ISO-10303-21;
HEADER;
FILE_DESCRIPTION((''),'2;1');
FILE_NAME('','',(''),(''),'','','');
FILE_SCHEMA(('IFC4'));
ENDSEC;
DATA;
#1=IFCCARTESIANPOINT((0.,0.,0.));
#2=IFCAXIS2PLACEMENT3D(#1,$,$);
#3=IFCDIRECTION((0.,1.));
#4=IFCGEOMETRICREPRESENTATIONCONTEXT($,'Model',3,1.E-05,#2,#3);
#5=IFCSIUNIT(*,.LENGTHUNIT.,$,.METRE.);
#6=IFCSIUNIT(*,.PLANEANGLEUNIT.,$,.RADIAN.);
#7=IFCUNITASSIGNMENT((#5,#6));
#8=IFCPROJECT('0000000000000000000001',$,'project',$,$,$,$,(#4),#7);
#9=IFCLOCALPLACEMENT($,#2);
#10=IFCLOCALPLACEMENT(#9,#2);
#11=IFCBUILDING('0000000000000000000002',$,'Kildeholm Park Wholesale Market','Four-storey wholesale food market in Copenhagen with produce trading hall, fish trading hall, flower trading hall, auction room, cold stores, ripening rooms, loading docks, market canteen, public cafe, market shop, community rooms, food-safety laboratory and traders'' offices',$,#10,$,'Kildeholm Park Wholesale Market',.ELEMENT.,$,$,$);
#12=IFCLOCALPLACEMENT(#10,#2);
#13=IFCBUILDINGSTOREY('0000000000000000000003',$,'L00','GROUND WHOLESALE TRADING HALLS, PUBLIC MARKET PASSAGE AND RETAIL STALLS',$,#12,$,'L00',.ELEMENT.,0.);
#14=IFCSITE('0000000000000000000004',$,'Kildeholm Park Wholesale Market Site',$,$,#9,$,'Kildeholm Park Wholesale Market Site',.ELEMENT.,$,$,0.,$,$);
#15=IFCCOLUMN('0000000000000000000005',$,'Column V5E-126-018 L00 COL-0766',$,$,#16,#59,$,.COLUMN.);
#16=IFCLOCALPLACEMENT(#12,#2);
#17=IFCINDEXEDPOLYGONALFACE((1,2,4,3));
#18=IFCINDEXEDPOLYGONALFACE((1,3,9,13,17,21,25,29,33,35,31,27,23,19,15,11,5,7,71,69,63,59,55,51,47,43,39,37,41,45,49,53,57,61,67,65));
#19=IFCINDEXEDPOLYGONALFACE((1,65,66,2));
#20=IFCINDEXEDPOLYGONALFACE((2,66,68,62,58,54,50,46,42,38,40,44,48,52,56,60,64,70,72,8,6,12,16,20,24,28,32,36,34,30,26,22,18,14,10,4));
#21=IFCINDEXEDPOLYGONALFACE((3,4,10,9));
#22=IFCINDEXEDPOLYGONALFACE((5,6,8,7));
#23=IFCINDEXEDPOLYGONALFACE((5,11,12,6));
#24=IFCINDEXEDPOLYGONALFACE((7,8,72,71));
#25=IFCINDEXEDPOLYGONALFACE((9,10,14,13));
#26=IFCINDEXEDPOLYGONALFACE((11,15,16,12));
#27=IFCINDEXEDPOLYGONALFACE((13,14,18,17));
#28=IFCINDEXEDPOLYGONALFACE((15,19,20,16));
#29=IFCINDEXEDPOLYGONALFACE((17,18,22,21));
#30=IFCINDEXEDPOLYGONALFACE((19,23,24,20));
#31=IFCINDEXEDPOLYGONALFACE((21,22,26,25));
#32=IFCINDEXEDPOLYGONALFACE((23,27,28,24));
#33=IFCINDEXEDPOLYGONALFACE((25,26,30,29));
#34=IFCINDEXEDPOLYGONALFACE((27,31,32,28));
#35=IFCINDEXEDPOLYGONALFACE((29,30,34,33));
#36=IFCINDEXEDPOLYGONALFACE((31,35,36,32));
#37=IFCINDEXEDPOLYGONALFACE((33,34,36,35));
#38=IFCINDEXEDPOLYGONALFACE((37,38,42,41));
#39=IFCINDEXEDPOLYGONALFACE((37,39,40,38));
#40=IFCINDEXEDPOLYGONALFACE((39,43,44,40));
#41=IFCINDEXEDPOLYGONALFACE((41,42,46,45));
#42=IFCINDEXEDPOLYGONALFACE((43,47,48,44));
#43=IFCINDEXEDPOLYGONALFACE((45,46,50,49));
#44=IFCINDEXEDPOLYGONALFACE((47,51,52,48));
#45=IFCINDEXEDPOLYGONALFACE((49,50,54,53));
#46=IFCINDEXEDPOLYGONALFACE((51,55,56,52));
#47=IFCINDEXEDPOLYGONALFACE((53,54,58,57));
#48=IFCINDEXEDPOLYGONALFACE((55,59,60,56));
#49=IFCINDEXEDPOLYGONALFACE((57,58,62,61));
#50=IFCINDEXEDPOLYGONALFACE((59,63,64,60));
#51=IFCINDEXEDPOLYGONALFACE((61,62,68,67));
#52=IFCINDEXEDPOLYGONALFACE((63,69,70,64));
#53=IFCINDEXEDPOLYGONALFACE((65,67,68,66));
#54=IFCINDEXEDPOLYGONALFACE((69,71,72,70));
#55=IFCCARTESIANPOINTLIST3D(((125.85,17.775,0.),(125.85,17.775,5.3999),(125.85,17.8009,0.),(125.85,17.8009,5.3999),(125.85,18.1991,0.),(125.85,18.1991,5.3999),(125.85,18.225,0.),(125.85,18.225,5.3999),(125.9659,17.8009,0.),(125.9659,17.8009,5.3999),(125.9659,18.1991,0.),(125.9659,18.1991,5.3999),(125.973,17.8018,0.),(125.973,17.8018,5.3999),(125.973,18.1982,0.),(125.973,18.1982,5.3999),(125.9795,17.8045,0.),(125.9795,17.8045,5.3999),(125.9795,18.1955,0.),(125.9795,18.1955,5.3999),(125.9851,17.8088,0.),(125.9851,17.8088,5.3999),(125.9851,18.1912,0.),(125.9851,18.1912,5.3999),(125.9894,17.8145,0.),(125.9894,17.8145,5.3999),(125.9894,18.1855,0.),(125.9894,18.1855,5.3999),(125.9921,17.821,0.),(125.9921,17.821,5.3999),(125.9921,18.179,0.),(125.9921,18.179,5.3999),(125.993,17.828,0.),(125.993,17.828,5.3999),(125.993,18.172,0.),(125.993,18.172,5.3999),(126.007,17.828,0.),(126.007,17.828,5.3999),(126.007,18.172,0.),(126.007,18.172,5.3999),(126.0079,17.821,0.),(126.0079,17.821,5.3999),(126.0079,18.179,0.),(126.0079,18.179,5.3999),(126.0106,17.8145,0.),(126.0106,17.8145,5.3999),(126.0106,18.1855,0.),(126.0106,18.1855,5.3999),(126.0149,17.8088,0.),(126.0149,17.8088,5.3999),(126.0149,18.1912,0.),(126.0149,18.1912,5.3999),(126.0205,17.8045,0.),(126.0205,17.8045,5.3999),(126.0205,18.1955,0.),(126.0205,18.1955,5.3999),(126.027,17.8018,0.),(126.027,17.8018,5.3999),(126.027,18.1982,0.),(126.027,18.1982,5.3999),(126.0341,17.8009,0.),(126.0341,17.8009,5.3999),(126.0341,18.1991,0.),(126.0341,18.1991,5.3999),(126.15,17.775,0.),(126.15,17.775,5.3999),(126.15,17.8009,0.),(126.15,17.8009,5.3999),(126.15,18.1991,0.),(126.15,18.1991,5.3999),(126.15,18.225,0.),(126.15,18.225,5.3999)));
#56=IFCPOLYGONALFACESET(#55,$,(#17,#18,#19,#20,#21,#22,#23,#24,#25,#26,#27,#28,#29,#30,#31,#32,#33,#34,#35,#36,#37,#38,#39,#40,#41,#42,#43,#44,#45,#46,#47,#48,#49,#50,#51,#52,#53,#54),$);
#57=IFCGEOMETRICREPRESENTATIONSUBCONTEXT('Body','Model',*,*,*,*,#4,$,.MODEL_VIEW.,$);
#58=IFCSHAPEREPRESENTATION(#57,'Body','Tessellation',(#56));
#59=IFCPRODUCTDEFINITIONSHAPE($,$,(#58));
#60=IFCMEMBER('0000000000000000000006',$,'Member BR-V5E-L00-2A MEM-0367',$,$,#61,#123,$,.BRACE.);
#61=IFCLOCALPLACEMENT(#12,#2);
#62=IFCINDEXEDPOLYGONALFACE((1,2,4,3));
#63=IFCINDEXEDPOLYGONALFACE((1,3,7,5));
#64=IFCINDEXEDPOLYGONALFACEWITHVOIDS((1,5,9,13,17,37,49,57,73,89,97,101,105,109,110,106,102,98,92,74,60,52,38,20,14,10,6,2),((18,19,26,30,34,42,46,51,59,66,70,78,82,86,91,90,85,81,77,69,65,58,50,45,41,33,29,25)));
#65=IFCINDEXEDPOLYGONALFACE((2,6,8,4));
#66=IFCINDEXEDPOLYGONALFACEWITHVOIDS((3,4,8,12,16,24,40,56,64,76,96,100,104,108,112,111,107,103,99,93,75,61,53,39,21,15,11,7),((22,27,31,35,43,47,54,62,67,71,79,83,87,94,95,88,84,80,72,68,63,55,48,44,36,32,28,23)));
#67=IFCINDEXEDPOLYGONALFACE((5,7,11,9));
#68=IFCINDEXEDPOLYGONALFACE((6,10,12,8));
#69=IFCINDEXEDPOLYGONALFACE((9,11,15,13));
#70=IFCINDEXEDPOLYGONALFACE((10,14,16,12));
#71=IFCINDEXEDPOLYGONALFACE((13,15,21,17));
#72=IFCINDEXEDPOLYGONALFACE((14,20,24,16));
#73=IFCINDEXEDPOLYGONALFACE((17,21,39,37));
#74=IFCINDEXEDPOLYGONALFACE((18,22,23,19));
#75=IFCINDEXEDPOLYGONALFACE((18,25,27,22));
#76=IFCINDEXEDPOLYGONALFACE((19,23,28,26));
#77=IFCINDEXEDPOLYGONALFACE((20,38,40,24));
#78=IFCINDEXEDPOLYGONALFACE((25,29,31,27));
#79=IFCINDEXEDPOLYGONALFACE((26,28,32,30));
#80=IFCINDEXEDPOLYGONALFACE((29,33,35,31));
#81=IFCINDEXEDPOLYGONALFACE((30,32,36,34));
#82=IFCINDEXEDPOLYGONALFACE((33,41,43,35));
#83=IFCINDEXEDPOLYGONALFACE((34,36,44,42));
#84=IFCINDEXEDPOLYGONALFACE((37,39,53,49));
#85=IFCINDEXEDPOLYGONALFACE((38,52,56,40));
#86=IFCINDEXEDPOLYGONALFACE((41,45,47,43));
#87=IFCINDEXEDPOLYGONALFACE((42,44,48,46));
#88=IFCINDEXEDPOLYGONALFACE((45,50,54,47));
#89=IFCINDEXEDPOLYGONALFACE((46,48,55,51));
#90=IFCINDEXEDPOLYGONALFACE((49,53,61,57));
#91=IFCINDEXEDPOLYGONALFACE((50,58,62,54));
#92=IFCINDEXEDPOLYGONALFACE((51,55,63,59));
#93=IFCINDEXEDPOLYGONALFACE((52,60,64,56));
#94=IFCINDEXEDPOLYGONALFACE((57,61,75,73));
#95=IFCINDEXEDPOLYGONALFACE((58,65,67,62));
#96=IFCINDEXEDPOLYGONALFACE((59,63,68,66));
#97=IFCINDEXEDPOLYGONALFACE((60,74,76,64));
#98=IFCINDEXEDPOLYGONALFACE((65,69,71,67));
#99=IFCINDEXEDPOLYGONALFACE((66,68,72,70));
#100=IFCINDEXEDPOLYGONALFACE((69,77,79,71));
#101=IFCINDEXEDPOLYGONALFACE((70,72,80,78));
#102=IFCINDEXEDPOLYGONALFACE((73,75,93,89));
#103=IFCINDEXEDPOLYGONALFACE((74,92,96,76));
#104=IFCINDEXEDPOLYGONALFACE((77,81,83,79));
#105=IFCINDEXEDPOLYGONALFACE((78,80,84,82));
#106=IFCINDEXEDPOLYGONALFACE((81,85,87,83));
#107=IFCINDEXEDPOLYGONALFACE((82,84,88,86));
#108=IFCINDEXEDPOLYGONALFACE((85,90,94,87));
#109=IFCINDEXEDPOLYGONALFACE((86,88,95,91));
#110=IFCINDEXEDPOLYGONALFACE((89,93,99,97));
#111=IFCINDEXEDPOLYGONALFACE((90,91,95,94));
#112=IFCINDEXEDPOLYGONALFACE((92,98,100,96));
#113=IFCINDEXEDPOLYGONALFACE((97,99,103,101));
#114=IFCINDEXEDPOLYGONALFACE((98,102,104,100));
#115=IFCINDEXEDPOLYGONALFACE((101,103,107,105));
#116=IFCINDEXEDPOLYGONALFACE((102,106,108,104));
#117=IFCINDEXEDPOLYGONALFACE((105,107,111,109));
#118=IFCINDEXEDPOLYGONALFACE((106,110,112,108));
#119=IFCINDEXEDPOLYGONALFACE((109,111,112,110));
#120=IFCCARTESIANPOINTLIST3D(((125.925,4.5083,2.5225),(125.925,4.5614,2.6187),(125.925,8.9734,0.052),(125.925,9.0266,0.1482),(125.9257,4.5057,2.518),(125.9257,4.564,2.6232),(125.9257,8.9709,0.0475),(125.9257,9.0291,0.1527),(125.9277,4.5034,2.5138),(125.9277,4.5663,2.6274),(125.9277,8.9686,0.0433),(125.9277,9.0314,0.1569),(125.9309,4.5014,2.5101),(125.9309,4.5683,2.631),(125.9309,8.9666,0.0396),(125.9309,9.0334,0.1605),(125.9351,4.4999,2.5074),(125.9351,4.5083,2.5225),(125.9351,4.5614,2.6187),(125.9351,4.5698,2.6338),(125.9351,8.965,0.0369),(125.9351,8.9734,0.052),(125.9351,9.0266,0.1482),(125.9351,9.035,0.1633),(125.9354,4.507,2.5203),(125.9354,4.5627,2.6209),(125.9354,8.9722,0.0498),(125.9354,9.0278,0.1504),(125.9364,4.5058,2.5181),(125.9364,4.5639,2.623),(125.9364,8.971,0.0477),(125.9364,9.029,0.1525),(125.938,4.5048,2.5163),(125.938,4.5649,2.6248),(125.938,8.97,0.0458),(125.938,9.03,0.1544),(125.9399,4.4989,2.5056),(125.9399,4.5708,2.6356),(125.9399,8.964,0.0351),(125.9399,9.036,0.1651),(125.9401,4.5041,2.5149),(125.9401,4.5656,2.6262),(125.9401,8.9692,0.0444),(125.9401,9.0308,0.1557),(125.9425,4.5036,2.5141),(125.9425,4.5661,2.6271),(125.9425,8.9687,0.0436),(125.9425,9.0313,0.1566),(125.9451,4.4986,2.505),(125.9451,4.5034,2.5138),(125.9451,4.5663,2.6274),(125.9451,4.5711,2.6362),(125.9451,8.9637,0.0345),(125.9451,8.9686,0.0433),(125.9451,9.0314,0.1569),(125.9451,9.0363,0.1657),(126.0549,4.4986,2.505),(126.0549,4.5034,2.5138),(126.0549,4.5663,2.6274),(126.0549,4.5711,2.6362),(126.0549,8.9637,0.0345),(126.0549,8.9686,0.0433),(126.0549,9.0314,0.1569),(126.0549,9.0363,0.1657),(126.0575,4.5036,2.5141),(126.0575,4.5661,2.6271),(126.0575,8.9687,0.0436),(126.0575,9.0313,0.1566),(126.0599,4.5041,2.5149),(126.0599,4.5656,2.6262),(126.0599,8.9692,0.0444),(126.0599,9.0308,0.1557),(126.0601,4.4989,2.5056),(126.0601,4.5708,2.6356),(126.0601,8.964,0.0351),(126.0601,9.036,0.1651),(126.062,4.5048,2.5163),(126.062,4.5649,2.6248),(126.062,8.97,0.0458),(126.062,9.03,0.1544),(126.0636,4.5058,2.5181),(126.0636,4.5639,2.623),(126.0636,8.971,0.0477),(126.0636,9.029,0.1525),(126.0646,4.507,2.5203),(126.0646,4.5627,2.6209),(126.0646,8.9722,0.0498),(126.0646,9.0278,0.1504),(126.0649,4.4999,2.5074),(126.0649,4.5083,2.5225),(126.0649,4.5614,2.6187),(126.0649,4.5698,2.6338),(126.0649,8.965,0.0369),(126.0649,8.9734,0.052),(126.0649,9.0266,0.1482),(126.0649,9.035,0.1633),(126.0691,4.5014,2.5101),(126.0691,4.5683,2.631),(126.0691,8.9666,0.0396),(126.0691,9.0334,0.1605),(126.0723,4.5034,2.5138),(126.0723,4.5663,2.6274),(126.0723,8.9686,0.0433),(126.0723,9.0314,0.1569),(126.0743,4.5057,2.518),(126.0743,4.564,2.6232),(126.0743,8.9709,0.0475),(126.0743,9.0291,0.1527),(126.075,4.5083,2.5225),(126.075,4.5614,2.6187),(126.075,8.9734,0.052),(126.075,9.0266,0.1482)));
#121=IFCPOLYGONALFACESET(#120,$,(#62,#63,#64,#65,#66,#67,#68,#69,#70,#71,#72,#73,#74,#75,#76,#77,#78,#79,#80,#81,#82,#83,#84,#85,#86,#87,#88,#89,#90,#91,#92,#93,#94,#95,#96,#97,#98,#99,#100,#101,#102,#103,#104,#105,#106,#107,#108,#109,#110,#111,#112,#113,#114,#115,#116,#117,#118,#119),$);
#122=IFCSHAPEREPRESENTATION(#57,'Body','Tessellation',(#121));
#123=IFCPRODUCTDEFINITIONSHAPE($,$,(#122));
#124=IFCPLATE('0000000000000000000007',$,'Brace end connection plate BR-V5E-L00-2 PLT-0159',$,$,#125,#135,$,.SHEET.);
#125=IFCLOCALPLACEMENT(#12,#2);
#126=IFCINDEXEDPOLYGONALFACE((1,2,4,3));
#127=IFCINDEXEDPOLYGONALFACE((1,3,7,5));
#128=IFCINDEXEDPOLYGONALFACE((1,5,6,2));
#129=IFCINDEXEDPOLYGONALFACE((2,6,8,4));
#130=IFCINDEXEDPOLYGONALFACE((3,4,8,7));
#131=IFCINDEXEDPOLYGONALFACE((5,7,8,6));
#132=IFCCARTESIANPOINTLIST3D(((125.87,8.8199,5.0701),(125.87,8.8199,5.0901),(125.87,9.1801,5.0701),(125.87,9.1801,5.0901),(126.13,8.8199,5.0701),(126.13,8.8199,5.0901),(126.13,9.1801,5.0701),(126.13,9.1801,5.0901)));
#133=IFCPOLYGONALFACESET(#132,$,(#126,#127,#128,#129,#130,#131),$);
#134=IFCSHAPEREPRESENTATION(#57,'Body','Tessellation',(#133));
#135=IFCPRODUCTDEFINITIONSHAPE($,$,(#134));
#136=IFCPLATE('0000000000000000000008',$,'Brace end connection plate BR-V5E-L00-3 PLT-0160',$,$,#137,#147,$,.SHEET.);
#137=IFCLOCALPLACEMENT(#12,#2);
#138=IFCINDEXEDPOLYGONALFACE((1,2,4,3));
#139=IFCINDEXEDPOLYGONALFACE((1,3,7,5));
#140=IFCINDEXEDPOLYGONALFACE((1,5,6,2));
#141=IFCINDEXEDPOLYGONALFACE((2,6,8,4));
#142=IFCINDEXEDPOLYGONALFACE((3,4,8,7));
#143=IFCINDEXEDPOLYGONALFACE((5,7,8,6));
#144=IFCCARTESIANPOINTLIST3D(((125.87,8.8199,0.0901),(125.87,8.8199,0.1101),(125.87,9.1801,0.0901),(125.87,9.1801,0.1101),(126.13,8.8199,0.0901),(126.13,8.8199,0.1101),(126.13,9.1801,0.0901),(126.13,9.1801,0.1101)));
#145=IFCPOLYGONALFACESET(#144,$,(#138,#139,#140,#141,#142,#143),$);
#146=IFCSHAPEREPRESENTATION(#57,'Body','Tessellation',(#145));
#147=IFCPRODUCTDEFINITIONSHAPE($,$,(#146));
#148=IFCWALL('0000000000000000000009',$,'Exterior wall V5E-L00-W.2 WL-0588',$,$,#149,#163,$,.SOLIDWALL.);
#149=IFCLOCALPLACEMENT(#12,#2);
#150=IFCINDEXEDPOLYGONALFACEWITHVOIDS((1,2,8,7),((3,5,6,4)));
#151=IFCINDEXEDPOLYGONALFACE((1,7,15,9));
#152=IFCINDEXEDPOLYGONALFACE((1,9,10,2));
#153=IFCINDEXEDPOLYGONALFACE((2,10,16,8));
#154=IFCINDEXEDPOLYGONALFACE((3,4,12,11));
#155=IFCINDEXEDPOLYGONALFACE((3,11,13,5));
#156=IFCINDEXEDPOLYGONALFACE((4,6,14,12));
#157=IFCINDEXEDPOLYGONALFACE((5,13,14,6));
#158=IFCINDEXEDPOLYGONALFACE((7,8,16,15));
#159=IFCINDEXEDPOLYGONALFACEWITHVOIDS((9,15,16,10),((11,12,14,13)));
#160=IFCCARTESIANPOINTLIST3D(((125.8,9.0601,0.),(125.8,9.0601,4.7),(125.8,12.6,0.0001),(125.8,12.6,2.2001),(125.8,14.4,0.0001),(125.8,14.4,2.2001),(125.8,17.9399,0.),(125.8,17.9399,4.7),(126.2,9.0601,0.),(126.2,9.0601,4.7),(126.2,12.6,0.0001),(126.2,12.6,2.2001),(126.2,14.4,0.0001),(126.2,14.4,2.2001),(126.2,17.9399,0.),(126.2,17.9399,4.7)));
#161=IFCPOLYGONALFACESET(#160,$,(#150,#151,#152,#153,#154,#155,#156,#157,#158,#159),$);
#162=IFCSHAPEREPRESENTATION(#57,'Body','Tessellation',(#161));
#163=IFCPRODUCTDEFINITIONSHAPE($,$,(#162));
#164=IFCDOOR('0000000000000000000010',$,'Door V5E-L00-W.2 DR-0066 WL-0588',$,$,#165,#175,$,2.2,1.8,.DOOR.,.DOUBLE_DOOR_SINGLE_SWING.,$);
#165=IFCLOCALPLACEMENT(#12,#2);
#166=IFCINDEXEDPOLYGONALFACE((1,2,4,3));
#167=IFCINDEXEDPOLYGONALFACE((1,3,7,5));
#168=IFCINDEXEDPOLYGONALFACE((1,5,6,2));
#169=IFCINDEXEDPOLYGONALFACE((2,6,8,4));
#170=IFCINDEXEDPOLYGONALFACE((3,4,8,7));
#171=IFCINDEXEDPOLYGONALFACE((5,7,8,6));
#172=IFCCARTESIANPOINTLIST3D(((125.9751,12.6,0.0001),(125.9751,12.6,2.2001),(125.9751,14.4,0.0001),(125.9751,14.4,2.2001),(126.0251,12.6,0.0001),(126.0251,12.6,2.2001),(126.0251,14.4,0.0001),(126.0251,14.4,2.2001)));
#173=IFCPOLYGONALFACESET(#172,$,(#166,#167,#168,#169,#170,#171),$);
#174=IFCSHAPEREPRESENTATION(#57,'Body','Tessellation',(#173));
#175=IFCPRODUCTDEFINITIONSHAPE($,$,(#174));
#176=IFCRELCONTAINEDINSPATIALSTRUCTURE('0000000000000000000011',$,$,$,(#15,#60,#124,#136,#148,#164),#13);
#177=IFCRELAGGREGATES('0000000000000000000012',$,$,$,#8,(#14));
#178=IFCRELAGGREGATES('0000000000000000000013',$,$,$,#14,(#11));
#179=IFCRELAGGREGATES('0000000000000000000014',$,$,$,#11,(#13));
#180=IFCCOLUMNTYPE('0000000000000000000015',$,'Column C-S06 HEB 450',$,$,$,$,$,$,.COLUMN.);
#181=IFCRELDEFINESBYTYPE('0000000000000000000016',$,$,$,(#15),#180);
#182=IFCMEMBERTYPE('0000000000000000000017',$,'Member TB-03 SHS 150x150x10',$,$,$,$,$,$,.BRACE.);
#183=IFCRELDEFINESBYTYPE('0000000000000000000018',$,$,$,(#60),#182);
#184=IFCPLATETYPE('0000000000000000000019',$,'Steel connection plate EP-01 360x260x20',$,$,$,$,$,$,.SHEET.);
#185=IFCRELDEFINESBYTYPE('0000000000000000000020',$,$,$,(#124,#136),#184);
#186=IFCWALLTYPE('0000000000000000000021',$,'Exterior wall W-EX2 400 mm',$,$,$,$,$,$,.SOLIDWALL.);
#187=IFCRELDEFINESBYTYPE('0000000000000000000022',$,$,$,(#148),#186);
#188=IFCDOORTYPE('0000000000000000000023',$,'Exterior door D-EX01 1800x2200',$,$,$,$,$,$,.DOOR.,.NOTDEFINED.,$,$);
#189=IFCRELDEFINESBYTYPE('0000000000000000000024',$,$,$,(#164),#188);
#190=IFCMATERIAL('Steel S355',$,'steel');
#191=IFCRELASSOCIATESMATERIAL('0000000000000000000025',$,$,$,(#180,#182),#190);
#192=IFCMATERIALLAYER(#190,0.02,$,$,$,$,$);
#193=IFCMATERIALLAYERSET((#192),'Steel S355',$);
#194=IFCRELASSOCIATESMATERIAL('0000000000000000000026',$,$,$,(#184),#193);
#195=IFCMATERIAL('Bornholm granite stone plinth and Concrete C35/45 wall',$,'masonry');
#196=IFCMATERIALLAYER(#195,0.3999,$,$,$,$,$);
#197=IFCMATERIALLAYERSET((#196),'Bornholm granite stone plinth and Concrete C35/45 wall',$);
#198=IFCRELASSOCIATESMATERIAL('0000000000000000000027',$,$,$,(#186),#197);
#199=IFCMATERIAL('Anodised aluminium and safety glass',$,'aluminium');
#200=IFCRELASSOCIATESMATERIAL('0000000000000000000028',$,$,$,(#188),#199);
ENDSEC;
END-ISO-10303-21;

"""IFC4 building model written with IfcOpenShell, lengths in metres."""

from ifc_helpers import new_model, si_unit, direction, frame, frame_2d, origin, origin_2d, place, context, subcontext, project, spatial, rectangle, hollow_rectangle, i_section, extrude, material, layer, layer_set, material_profile, profile_set, type_object, element, fill, save


model = new_model("IFC4")

# Units and contexts
model_context = context("Model", 3, precision=1e-05, world=origin(), true_north=direction((0.0, 1.0)))
body_context = subcontext(model_context, "Body", "Model", "MODEL_VIEW")
ifc_project = project(units=[si_unit("LENGTHUNIT", "METRE"), si_unit("PLANEANGLEUNIT", "RADIAN")], contexts=[model_context])

# Site, building, storey
site_placement = place(None, origin())
site = spatial("IfcSite", under=ifc_project, at=site_placement, Name="Kildeholm Park Wholesale Market Site", LongName="Kildeholm Park Wholesale Market Site", CompositionType="ELEMENT", RefElevation=0.0)
building_placement = place(site_placement, origin())
building = spatial("IfcBuilding", under=site, at=building_placement, Name="Kildeholm Park Wholesale Market", Description="Four-storey wholesale food market in Copenhagen with produce trading hall, fish trading hall, flower trading hall, auction room, cold stores, ripening rooms, loading docks, market canteen, public cafe, market shop, community rooms, food-safety laboratory and traders' offices", LongName="Kildeholm Park Wholesale Market", CompositionType="ELEMENT")
storey_placement = place(building_placement, origin())
storey = spatial("IfcBuildingStorey", under=building, at=storey_placement, Name="L00", Description="GROUND WHOLESALE TRADING HALLS, PUBLIC MARKET PASSAGE AND RETAIL STALLS", LongName="L00", CompositionType="ELEMENT", Elevation=0.0)

# Column
ifc_material_1 = material(Name="Steel S355", Category="steel")
ifc_material_profile_1 = material_profile(ifc_material_1, i_section(OverallWidth=0.3, OverallDepth=0.45, WebThickness=0.0139, FlangeThickness=0.0259, FilletRadius=0.0271, at=origin_2d()), Name="HEB 450")
ifc_profile_set_1 = profile_set([ifc_material_profile_1], Name="Steel S355")
column_type = type_object("IfcColumnType", Name="Column C-S06 HEB 450", PredefinedType="COLUMN", material=ifc_profile_set_1)
column_placement = place(storey_placement, frame((126.0, 18.0, 0.0), z_axis=(0.0, 0.0, 1.0), x_axis=(1.0, 0.0, 0.0)))
element("IfcColumn", 1, at=column_placement, inside=storey, type_object=column_type, Name="Column V5E-126-018 L00 COL-0766", PredefinedType="COLUMN", context=body_context, shape_type="SweptSolid", body=[
    extrude(i_section(OverallWidth=0.3, OverallDepth=0.45, WebThickness=0.0139, FlangeThickness=0.0259, FilletRadius=0.0271, at=origin_2d()), origin(), (0.0, 0.0, 1.0), 5.3999),
])

# Member
ifc_material_profile_2 = material_profile(ifc_material_1, hollow_rectangle(XDim=0.1499, YDim=0.1499, WallThickness=0.01, InnerFilletRadius=0.01, OuterFilletRadius=0.02, at=origin_2d()), Name="SHS 150x150x10")
ifc_profile_set_2 = profile_set([ifc_material_profile_2], Name="Steel S355")
member_type = type_object("IfcMemberType", Name="Member TB-03 SHS 150x150x10", PredefinedType="BRACE", material=ifc_profile_set_2)
member_placement = place(storey_placement, frame((126.0, 9.0, 0.1001), z_axis=(0.0, -0.875, 0.484123), x_axis=(1.0, 0.0, 0.0)))
element("IfcMember", 2, at=member_placement, inside=storey, type_object=member_type, Name="Member BR-V5E-L00-2A MEM-0367", PredefinedType="BRACE", context=body_context, shape_type="SweptSolid", body=[
    extrude(hollow_rectangle(XDim=0.1499, YDim=0.1499, WallThickness=0.01, InnerFilletRadius=0.01, OuterFilletRadius=0.02, at=origin_2d()), origin(), (0.0, 0.0, 1.0), 5.103),
])

# Plates
ifc_layer_1 = layer(ifc_material_1, 0.02)
ifc_layer_set_1 = layer_set([ifc_layer_1], Name="Steel S355")
plate_type = type_object("IfcPlateType", Name="Steel connection plate EP-01 360x260x20", PredefinedType="SHEET", material=ifc_layer_set_1)
for number, where, z_axis, x_axis, name in (
    (3, (126.0, 9.0, 5.0701), (0.0, 0.0, 1.0), (0.0, 1.0, 0.0), "Brace end connection plate BR-V5E-L00-2 PLT-0159"),
    (4, (126.0, 9.0, 0.0901), (0.0, 0.0, 1.0), (0.0, 1.0, 0.0), "Brace end connection plate BR-V5E-L00-3 PLT-0160"),
):
    element("IfcPlate", number, at=place(storey_placement, frame(where, z_axis=z_axis, x_axis=x_axis)), inside=storey, type_object=plate_type, Name=name, PredefinedType="SHEET", context=body_context, shape_type="SweptSolid", body=[
        extrude(rectangle(XDim=0.3601, YDim=0.26, at=origin_2d()), origin(), (0.0, 0.0, 1.0), 0.02),
    ])

# Wall, opening, door
ifc_material_2 = material(Name="Bornholm granite stone plinth and Concrete C35/45 wall", Category="masonry")
ifc_layer_2 = layer(ifc_material_2, 0.3999)
ifc_layer_set_2 = layer_set([ifc_layer_2], Name="Bornholm granite stone plinth and Concrete C35/45 wall")
wall_type_1 = type_object("IfcWallType", Name="Exterior wall W-EX2 400 mm", PredefinedType="SOLIDWALL", material=ifc_layer_set_2)
wall_1_placement = place(storey_placement, frame((126.0, 9.0601, 0.0), z_axis=(0.0, 0.0, 1.0), x_axis=(0.0, 1.0, 0.0)))
wall_1 = element("IfcWall", 5, at=wall_1_placement, inside=storey, type_object=wall_type_1, Name="Exterior wall V5E-L00-W.2 WL-0588", PredefinedType="SOLIDWALL", context=body_context, shape_type="SweptSolid", body=[
    extrude(rectangle(XDim=8.8799, YDim=0.3999, at=frame_2d((4.4399, 0.0))), origin(), (0.0, 0.0, 1.0), 4.7),
])
opening_1_placement = place(wall_1_placement, frame((3.54, 0.0, 0.0)))
opening_1 = element("IfcOpeningElement", 6, at=opening_1_placement, cuts=wall_1, PredefinedType="OPENING", context=body_context, shape_type="SweptSolid", body=[
    extrude(rectangle(XDim=1.8, YDim=2.2, at=frame_2d((0.8999, 1.1001))), frame((0.0, 0.21, 0.0), z_axis=(0.0, -1.0, 0.0), x_axis=(1.0, 0.0, 0.0)), (0.0, 0.0, 1.0), 0.4199),
])
ifc_material_3 = material(Name="Anodised aluminium and safety glass", Category="aluminium")
door_type_1 = type_object("IfcDoorType", Name="Exterior door D-EX01 1800x2200", OperationType="NOTDEFINED", PredefinedType="DOOR", material=ifc_material_3)
door_1_placement = place(opening_1_placement, origin())
door_1 = element("IfcDoor", 7, at=door_1_placement, inside=storey, type_object=door_type_1, Name="Door V5E-L00-W.2 DR-0066 WL-0588", OperationType="DOUBLE_DOOR_SINGLE_SWING", OverallHeight=2.2, OverallWidth=1.8, PredefinedType="DOOR", context=body_context, shape_type="SweptSolid", body=[
    extrude(rectangle(XDim=1.8, YDim=2.2, at=frame_2d((0.8999, 1.1001))), frame((0.0, 0.0249, 0.0), z_axis=(0.0, -1.0, 0.0), x_axis=(1.0, 0.0, 0.0)), (0.0, 0.0, 1.0), 0.05),
])
fill(opening_1, door_1)

save(model, "model.ifc")
